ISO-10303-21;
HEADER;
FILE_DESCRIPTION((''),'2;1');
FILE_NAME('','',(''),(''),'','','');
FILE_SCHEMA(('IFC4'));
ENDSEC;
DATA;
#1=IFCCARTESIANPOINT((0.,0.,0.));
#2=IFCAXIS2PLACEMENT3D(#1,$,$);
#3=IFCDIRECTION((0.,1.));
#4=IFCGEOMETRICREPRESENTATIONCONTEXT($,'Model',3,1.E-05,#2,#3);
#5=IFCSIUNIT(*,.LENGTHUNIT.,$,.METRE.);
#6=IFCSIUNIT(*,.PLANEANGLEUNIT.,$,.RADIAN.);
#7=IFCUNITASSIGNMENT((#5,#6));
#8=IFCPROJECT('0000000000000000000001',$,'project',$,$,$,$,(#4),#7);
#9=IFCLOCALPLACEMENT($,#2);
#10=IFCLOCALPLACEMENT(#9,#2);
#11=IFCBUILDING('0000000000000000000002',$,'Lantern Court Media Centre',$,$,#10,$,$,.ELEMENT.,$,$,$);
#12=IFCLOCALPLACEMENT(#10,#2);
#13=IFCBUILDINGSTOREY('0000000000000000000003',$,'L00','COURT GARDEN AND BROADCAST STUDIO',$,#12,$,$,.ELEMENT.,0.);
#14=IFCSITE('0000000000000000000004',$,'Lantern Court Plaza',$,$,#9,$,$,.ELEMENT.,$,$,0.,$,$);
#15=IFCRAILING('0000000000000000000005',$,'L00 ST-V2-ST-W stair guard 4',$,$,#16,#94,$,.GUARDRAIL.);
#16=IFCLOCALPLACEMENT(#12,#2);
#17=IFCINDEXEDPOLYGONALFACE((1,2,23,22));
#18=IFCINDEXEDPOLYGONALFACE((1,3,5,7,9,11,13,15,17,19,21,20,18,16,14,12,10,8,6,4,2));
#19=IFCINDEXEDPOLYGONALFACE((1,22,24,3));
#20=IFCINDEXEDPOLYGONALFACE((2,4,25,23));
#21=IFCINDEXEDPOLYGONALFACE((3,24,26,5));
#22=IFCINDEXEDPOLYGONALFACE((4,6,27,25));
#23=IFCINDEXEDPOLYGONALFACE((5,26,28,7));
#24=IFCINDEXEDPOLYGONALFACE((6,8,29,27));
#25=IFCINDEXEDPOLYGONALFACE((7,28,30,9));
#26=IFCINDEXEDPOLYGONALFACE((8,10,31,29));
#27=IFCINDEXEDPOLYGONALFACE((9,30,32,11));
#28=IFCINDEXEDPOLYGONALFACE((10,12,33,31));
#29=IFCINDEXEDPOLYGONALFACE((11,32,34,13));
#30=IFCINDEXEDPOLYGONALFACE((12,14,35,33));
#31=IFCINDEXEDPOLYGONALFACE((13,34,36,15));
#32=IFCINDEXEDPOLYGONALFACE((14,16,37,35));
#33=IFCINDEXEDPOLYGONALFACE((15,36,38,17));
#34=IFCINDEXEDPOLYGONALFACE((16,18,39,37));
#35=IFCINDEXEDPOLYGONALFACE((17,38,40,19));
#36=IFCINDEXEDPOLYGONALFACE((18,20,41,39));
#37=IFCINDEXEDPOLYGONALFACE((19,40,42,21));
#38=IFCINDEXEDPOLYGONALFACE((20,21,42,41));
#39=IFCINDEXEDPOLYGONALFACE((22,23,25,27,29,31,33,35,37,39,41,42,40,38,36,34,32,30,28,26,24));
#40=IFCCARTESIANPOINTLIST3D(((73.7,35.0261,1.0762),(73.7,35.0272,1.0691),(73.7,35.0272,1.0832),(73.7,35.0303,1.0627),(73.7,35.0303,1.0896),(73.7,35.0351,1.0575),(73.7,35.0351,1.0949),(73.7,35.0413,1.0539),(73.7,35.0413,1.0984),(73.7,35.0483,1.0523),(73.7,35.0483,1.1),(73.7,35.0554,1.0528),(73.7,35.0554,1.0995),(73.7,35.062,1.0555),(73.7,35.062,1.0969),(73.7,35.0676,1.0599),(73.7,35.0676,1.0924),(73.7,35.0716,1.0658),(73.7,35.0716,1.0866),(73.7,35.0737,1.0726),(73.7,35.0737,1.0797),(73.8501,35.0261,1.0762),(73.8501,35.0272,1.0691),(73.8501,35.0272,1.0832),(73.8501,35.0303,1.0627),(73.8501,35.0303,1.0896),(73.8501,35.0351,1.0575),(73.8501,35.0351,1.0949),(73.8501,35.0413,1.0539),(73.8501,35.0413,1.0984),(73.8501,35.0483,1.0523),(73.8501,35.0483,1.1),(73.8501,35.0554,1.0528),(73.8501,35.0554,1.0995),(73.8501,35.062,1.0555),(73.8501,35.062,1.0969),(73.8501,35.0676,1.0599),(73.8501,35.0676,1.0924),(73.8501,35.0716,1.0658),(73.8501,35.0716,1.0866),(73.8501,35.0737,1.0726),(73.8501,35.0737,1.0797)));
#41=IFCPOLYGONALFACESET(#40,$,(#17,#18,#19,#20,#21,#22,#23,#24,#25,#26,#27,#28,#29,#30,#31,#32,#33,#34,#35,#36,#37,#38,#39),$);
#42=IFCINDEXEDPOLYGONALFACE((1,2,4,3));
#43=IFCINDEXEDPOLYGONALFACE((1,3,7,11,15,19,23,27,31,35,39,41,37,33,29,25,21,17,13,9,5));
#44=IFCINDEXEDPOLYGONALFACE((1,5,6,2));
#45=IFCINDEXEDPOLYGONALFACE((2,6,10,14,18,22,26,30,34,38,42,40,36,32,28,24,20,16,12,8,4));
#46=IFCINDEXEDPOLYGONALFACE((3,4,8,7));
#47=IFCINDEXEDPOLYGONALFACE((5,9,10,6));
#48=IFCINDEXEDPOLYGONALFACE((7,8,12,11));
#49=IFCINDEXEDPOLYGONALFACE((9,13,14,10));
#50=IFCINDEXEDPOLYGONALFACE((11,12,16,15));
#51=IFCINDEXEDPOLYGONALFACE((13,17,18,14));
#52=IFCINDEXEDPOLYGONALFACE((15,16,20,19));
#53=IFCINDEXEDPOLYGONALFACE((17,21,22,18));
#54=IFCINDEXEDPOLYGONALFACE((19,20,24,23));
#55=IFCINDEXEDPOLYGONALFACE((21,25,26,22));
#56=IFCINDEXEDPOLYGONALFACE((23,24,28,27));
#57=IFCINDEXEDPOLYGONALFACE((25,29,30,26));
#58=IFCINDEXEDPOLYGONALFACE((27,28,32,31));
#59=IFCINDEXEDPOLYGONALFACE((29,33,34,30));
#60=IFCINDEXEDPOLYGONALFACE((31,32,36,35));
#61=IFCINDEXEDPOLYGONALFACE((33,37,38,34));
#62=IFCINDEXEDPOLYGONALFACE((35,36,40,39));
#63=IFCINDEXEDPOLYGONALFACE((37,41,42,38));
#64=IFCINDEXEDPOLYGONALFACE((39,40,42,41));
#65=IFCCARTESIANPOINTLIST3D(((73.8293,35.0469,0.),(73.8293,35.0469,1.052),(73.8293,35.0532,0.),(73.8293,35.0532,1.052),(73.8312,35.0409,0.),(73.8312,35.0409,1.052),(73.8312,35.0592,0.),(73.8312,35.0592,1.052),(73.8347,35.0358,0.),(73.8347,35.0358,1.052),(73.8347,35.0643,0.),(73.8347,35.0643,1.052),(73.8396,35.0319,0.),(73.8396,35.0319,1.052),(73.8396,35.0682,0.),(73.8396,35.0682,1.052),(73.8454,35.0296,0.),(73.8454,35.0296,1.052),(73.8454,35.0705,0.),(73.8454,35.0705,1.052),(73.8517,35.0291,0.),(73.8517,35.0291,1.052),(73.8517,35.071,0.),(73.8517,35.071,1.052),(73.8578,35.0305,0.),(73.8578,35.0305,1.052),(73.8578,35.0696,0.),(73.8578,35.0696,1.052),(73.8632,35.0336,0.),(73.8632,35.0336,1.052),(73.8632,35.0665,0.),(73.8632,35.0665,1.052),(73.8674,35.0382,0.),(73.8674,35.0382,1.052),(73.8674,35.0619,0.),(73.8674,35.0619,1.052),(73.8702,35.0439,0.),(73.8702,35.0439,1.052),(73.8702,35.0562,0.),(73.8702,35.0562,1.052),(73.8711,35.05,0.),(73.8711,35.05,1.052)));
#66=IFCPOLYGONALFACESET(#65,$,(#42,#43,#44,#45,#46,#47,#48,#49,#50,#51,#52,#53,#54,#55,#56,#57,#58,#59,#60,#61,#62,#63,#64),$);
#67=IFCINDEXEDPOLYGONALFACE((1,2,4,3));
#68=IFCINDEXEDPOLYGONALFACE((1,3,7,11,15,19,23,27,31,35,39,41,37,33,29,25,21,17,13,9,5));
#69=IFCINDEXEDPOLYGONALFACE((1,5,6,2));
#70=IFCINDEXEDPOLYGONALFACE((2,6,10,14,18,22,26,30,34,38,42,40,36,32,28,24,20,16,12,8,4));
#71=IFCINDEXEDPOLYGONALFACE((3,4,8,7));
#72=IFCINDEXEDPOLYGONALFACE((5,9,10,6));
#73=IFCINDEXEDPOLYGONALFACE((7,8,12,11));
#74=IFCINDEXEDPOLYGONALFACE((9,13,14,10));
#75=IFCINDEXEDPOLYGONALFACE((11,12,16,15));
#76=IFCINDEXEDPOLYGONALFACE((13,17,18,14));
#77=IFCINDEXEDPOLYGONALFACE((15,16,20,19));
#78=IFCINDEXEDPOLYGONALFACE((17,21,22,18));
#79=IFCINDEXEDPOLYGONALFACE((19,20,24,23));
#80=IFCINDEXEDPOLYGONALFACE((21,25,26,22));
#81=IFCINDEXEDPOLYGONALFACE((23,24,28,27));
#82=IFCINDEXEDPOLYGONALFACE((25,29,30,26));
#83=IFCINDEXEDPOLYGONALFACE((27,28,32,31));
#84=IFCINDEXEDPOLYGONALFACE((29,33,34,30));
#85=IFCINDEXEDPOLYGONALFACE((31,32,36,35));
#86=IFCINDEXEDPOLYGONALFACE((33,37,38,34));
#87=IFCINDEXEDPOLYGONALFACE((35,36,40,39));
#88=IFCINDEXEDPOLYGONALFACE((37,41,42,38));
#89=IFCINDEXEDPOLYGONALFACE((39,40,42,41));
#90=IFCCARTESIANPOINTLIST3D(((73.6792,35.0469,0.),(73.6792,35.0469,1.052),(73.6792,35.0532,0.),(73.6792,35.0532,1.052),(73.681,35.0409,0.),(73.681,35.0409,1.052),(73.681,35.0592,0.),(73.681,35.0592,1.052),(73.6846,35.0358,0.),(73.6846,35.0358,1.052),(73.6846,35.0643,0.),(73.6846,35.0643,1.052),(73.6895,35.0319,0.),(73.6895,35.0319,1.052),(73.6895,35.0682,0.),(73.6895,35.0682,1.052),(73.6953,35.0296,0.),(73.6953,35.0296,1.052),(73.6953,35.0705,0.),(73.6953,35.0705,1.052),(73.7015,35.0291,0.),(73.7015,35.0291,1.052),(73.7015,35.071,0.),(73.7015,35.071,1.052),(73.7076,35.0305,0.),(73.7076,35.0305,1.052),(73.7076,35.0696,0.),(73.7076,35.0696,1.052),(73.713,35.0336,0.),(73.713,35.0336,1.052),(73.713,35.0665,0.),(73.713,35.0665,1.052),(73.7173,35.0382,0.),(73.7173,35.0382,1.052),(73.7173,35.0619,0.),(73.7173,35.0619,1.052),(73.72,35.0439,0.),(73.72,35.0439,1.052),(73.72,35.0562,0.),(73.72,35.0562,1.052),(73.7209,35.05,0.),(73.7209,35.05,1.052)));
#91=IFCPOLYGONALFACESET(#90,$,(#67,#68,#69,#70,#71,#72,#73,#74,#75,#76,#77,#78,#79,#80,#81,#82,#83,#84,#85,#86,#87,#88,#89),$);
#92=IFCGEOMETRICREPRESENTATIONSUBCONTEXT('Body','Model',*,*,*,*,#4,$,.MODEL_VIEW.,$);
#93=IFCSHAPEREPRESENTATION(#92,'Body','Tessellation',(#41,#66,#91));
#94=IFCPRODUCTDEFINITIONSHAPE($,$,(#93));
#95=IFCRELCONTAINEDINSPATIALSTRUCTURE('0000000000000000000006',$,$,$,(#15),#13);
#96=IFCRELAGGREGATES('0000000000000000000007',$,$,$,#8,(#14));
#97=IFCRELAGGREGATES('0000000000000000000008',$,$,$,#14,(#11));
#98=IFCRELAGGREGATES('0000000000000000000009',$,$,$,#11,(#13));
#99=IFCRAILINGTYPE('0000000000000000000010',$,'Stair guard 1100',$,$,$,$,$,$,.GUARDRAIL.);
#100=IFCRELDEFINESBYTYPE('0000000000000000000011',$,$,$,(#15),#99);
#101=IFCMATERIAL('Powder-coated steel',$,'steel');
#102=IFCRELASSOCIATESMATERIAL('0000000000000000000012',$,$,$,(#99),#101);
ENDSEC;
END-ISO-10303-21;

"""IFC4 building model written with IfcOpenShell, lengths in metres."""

from ifc_helpers import new_model, si_unit, direction, frame, origin, origin_2d, place, context, subcontext, project, spatial, circle, extrude, material, type_object, element, save


model = new_model("IFC4")

# Units and contexts
model_context = context("Model", 3, precision=1e-05, world=origin(), true_north=direction((0.0, 1.0)))
body_context = subcontext(model_context, "Body", "Model", "MODEL_VIEW")
ifc_project = project(units=[si_unit("LENGTHUNIT", "METRE"), si_unit("PLANEANGLEUNIT", "RADIAN")], contexts=[model_context])

# Site, building, storey
site_placement = place(None, origin())
site = spatial("IfcSite", under=ifc_project, at=site_placement, Name="Lantern Court Plaza", CompositionType="ELEMENT", RefElevation=0.0)
building_placement = place(site_placement, origin())
building = spatial("IfcBuilding", under=site, at=building_placement, Name="Lantern Court Media Centre", CompositionType="ELEMENT")
storey_placement = place(building_placement, origin())
storey = spatial("IfcBuildingStorey", under=building, at=storey_placement, Name="L00", Description="COURT GARDEN AND BROADCAST STUDIO", CompositionType="ELEMENT", Elevation=0.0)

# Railing
ifc_material_1 = material(Name="Powder-coated steel", Category="steel")
railing_type_1 = type_object("IfcRailingType", Name="Stair guard 1100", PredefinedType="GUARDRAIL", material=ifc_material_1)
railing_1_placement = place(storey_placement, frame((73.8501, 35.05, 0.0)))
element("IfcRailing", 1, at=railing_1_placement, inside=storey, type_object=railing_type_1, Name="L00 ST-V2-ST-W stair guard 4", PredefinedType="GUARDRAIL", context=body_context, shape_type="SweptSolid", body=[
    extrude(circle(Radius=0.0239, at=origin_2d()), frame((0.0, 0.0, 1.0762), z_axis=(-1.0, 0.0, 0.0), x_axis=(0.0, -1.0, 0.0)), (0.0, 0.0, 1.0), 0.1501),
    extrude(circle(Radius=0.021, at=origin_2d()), origin(), (0.0, 0.0, 1.0), 1.052),
    extrude(circle(Radius=0.021, at=origin_2d()), frame((-0.1501, 0.0, 0.0)), (0.0, 0.0, 1.0), 1.052),
])

save(model, "model.ifc")
